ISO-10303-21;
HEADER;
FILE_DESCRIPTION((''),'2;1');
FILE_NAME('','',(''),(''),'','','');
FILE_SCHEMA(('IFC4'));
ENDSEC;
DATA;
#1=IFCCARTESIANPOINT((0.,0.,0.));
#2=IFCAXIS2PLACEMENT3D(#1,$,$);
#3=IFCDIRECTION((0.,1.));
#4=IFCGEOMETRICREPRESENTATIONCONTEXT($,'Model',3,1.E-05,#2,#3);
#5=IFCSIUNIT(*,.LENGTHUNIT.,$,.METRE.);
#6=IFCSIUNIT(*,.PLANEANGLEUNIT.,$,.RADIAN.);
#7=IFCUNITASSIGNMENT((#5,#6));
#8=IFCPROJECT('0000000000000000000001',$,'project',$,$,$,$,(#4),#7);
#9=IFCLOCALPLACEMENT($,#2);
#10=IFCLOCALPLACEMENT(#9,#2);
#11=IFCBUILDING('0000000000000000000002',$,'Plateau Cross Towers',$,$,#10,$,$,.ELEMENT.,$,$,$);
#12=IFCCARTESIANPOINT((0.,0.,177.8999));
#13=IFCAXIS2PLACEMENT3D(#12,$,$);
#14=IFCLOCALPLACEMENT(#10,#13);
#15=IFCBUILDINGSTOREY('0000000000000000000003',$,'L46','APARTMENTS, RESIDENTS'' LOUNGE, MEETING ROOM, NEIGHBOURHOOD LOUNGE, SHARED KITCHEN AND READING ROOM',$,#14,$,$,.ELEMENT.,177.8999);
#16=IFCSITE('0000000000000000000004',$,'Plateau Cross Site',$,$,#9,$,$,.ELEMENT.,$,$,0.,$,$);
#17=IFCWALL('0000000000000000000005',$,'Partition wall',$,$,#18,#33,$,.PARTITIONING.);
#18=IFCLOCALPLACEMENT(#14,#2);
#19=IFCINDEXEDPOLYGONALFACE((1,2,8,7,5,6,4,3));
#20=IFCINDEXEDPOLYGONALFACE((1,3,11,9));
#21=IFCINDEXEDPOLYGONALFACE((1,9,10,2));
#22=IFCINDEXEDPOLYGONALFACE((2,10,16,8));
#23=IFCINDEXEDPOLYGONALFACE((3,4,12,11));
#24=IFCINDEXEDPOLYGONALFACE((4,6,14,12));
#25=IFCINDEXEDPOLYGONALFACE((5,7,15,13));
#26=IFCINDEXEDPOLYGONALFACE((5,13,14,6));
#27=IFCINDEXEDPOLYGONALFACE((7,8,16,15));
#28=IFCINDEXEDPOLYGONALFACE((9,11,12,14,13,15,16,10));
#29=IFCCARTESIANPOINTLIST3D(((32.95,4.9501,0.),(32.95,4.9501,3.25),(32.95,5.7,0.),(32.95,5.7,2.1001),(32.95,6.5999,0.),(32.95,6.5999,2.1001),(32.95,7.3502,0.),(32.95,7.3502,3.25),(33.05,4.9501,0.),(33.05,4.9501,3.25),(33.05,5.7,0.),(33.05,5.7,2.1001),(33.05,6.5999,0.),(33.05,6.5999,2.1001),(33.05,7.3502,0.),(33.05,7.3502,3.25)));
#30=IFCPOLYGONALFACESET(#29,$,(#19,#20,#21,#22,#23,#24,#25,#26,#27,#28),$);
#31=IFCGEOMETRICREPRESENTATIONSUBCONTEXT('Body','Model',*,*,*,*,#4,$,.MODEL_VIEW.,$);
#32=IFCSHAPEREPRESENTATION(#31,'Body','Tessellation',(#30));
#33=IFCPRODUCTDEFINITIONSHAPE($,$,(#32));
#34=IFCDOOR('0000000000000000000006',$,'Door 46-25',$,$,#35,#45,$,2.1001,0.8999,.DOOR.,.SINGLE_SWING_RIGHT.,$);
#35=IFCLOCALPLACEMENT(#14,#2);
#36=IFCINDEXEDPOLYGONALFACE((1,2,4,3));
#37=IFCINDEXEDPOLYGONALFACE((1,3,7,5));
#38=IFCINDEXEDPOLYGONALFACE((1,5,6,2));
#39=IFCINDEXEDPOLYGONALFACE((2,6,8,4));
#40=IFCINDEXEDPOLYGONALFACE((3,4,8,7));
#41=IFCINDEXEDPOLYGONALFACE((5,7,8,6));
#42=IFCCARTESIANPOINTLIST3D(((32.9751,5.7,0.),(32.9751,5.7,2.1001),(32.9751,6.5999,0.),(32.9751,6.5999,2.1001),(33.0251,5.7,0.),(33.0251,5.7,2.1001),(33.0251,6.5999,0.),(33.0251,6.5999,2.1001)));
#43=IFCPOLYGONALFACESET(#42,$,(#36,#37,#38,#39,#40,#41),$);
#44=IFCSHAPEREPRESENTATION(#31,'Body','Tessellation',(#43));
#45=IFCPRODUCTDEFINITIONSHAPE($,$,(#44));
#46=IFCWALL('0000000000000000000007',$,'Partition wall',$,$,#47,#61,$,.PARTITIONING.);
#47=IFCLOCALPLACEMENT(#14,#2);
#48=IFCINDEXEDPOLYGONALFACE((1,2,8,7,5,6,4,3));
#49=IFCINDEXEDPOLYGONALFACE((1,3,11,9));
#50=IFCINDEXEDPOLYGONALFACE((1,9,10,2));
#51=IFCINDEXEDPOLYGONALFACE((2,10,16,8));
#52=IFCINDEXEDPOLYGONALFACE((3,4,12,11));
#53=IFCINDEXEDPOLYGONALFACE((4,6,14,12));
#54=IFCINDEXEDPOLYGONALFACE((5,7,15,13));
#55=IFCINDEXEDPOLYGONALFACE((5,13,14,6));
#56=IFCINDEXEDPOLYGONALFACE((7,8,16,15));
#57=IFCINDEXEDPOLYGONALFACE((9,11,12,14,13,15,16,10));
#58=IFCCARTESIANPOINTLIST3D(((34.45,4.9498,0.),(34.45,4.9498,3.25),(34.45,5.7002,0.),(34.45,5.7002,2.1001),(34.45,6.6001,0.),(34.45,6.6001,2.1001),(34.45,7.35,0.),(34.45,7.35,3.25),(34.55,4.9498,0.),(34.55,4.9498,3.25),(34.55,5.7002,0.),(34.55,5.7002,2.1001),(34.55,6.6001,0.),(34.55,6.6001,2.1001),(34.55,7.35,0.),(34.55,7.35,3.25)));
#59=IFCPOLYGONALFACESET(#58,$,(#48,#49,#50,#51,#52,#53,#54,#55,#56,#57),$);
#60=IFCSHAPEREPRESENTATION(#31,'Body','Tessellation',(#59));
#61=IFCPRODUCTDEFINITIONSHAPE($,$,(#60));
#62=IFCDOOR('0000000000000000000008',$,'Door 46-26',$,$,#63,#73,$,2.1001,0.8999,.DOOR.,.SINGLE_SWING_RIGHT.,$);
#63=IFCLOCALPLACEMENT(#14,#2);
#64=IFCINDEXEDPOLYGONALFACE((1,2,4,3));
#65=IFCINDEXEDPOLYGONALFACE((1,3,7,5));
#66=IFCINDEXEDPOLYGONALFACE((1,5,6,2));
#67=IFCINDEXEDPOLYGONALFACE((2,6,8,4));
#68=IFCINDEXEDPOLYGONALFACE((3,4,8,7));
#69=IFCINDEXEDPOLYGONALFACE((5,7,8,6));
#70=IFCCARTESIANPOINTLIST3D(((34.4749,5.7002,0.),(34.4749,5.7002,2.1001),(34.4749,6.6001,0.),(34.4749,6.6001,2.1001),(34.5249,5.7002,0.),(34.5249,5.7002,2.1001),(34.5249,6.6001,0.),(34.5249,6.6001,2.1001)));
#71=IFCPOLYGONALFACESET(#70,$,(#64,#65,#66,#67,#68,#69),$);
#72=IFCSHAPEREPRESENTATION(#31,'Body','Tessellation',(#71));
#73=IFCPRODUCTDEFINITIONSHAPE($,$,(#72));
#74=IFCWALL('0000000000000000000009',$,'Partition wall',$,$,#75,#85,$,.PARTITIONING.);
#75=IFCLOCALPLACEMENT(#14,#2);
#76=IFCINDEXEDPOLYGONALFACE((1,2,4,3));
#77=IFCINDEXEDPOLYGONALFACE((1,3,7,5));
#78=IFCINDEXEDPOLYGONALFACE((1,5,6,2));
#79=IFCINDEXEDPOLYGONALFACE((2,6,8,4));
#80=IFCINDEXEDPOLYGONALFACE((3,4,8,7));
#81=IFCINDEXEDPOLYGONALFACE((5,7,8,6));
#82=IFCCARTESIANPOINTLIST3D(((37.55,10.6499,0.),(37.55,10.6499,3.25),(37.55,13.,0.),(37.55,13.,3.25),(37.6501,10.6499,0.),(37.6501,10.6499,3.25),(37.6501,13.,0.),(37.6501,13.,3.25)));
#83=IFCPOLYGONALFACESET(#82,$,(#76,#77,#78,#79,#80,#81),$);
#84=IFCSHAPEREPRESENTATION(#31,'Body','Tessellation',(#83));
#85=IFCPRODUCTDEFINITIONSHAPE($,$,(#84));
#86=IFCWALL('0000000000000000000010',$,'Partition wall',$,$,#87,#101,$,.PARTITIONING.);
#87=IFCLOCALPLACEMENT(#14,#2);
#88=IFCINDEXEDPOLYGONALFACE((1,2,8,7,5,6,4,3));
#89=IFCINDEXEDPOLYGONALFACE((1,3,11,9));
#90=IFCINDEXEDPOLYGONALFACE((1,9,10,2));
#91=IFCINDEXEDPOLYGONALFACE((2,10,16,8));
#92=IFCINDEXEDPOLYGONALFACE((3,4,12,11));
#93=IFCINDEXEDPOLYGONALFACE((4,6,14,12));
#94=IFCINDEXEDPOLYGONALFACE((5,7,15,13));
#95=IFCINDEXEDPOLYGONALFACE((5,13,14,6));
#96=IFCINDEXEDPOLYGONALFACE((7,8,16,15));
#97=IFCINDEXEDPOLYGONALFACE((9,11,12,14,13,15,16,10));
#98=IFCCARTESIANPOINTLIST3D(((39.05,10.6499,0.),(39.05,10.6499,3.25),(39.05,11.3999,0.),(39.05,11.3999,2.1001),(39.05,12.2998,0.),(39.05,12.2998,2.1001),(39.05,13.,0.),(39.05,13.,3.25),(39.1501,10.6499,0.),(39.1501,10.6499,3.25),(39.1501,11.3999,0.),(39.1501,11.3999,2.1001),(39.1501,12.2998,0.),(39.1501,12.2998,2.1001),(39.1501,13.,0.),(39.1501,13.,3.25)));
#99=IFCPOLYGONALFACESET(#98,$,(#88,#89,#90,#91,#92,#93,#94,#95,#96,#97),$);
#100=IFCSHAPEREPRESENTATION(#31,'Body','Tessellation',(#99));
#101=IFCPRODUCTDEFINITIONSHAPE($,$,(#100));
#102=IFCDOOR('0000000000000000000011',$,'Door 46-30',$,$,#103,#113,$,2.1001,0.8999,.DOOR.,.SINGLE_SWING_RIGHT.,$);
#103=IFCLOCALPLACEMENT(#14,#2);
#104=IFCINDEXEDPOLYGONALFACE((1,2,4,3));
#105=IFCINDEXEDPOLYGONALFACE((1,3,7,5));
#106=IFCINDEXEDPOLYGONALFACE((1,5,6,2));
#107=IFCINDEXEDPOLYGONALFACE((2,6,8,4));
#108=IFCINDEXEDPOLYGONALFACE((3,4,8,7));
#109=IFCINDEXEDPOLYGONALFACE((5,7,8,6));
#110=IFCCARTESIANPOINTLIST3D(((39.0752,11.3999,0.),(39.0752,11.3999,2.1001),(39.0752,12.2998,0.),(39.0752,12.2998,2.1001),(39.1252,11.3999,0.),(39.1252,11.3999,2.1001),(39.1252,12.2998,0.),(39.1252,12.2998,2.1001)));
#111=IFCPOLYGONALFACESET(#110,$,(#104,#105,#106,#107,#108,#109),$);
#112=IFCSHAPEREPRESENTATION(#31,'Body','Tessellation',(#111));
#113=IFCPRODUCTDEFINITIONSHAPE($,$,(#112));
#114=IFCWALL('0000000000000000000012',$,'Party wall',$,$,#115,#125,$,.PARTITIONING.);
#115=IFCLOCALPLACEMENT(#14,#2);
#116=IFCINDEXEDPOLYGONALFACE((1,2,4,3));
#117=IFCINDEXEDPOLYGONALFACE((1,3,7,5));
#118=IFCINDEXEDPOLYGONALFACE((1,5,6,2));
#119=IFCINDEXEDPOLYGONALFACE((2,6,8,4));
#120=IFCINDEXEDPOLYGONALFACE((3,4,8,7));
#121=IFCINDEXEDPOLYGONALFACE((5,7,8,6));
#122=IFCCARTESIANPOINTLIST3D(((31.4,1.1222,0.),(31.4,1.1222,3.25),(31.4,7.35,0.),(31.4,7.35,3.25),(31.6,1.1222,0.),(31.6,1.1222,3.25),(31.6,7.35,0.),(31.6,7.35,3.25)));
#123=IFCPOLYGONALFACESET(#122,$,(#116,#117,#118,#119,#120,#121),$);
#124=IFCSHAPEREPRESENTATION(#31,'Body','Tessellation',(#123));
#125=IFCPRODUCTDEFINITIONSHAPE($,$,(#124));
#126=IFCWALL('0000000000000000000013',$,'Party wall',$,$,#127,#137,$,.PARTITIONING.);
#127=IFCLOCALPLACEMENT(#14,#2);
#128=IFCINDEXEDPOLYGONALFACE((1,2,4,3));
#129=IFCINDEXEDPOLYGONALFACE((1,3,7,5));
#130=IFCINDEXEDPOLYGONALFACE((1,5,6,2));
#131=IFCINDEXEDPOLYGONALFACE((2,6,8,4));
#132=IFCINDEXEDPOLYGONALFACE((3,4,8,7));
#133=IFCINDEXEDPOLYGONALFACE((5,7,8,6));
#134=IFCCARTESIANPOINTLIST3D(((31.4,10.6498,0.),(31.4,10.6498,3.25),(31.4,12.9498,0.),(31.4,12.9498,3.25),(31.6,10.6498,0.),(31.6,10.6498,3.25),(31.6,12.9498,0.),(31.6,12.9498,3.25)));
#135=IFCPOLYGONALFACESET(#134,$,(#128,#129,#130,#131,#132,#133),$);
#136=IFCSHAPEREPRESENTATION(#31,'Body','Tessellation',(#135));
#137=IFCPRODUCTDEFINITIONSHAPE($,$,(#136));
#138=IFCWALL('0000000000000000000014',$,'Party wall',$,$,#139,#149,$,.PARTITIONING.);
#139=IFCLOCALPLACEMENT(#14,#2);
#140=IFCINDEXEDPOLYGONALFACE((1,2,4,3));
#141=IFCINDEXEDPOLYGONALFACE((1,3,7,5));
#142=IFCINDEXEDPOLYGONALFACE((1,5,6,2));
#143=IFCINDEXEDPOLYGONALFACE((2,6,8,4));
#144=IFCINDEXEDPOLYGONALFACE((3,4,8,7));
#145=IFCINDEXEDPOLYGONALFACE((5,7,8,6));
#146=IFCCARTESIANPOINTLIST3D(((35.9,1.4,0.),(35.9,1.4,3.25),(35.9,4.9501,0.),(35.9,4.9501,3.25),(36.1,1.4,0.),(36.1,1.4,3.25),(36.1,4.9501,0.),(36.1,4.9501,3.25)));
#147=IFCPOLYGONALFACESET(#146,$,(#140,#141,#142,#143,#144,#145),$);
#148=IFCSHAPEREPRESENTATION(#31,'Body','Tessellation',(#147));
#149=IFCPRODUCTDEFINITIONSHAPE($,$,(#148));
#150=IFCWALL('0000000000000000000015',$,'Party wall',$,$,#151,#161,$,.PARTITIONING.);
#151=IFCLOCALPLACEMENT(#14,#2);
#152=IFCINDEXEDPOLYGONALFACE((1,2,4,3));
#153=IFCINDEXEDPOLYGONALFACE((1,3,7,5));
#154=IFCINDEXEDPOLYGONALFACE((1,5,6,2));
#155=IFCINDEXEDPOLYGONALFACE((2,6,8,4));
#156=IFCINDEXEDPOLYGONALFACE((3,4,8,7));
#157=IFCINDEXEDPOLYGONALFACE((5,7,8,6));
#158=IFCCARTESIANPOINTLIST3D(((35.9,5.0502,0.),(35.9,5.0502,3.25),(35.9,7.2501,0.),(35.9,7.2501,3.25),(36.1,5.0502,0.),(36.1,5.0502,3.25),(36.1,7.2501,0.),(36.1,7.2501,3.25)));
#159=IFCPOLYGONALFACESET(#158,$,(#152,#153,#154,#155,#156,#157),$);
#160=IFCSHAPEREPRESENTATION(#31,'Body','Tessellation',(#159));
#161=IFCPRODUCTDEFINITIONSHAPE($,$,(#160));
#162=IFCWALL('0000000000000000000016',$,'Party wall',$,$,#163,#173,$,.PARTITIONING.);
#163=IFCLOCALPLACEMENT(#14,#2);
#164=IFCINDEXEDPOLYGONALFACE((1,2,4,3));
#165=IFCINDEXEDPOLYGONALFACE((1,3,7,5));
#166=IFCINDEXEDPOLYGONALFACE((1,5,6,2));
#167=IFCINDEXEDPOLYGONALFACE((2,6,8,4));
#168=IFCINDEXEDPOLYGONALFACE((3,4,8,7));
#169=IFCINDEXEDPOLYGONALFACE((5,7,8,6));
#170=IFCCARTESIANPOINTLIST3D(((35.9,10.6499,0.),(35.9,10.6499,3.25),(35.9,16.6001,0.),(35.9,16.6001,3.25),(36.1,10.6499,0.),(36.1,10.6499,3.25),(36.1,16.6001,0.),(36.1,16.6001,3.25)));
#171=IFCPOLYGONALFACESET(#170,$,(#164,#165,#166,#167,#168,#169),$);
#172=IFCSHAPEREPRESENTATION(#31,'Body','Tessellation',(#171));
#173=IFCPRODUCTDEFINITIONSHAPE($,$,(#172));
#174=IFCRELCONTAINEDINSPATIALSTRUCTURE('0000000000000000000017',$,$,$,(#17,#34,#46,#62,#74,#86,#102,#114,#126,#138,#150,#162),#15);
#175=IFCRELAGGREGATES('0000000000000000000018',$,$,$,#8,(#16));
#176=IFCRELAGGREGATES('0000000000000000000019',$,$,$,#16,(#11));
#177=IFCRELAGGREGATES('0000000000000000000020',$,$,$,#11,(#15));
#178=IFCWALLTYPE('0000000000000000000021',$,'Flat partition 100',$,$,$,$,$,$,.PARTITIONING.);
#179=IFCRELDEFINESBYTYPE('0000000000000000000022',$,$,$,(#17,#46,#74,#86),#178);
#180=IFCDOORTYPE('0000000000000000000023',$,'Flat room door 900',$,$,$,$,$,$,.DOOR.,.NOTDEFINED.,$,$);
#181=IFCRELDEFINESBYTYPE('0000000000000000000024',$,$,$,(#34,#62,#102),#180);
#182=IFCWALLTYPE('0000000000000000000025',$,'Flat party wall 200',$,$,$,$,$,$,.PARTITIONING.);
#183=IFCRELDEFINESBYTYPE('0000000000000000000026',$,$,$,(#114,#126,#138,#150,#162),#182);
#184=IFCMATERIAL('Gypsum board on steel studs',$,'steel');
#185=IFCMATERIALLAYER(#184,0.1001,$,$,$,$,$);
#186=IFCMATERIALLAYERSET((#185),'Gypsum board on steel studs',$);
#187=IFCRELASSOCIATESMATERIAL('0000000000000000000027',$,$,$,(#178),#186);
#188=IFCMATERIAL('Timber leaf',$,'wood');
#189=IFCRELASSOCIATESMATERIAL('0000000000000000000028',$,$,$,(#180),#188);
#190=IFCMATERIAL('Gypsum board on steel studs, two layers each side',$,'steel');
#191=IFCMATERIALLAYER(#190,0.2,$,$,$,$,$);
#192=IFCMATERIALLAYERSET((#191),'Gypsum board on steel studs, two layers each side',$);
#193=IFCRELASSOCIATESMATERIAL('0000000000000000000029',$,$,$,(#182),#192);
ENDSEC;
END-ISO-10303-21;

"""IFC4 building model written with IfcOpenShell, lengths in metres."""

from ifc_helpers import new_model, si_unit, direction, frame, frame_2d, origin, place, context, subcontext, project, spatial, rectangle, extrude, material, layer, layer_set, type_object, element, fill, save


model = new_model("IFC4")

# Units and contexts
model_context = context("Model", 3, precision=1e-05, world=origin(), true_north=direction((0.0, 1.0)))
body_context = subcontext(model_context, "Body", "Model", "MODEL_VIEW")
ifc_project = project(units=[si_unit("LENGTHUNIT", "METRE"), si_unit("PLANEANGLEUNIT", "RADIAN")], contexts=[model_context])

# Site, building, storey
site_placement = place(None, origin())
site = spatial("IfcSite", under=ifc_project, at=site_placement, Name="Plateau Cross Site", CompositionType="ELEMENT", RefElevation=0.0)
building_placement = place(site_placement, origin())
building = spatial("IfcBuilding", under=site, at=building_placement, Name="Plateau Cross Towers", CompositionType="ELEMENT")
storey_placement = place(building_placement, frame((0.0, 0.0, 177.8999)))
storey = spatial("IfcBuildingStorey", under=building, at=storey_placement, Name="L46", Description="APARTMENTS, RESIDENTS' LOUNGE, MEETING ROOM, NEIGHBOURHOOD LOUNGE, SHARED KITCHEN AND READING ROOM", CompositionType="ELEMENT", Elevation=177.8999)

# Shared definitions
ifc_material_1 = material(Name="Gypsum board on steel studs", Category="steel")
ifc_layer_1 = layer(ifc_material_1, 0.1001)
ifc_layer_set_1 = layer_set([ifc_layer_1], Name="Gypsum board on steel studs")
wall_type_1 = type_object("IfcWallType", Name="Flat partition 100", PredefinedType="PARTITIONING", material=ifc_layer_set_1)

# Walls, openings, doors
ifc_material_2 = material(Name="Timber leaf", Category="wood")
door_type_1 = type_object("IfcDoorType", Name="Flat room door 900", OperationType="NOTDEFINED", PredefinedType="DOOR", material=ifc_material_2)
wall_1_placement = place(storey_placement, frame((33.0, 4.95, 0.0), z_axis=(0.0, 0.0, 1.0), x_axis=(0.0, 1.0, 0.0)))
wall_1 = element("IfcWall", 1, at=wall_1_placement, inside=storey, type_object=wall_type_1, Name="Partition wall", PredefinedType="PARTITIONING", context=body_context, shape_type="SweptSolid", body=[
    extrude(rectangle(XDim=2.4001, YDim=0.1001, at=frame_2d((1.2002, 0.0))), origin(), (0.0, 0.0, 1.0), 3.25),
])
opening_1_placement = place(wall_1_placement, frame((0.75, 0.0, 0.0)))
opening_1 = element("IfcOpeningElement", 2, at=opening_1_placement, cuts=wall_1, PredefinedType="OPENING", context=body_context, shape_type="SweptSolid", body=[
    extrude(rectangle(XDim=0.8999, YDim=2.1001, at=frame_2d((0.45, 1.05))), frame((0.0, 0.0601, 0.0), z_axis=(0.0, -1.0, 0.0), x_axis=(1.0, 0.0, 0.0)), (0.0, 0.0, 1.0), 0.1201),
])
door_1_placement = place(opening_1_placement, origin())
door_1 = element("IfcDoor", 3, at=door_1_placement, inside=storey, type_object=door_type_1, Name="Door 46-25", OperationType="SINGLE_SWING_RIGHT", OverallHeight=2.1001, OverallWidth=0.8999, PredefinedType="DOOR", context=body_context, shape_type="SweptSolid", body=[
    extrude(rectangle(XDim=0.8999, YDim=2.1001, at=frame_2d((0.45, 1.05))), frame((0.0, 0.0249, 0.0), z_axis=(0.0, -1.0, 0.0), x_axis=(1.0, 0.0, 0.0)), (0.0, 0.0, 1.0), 0.05),
])
fill(opening_1, door_1)
wall_2_placement = place(storey_placement, frame((34.5, 7.3501, 0.0), z_axis=(0.0, 0.0, 1.0), x_axis=(0.0, -1.0, 0.0)))
wall_2 = element("IfcWall", 4, at=wall_2_placement, inside=storey, type_object=wall_type_1, Name="Partition wall", PredefinedType="PARTITIONING", context=body_context, shape_type="SweptSolid", body=[
    extrude(rectangle(XDim=2.4001, YDim=0.1001, at=frame_2d((1.2002, 0.0))), origin(), (0.0, 0.0, 1.0), 3.25),
])
opening_2_placement = place(wall_2_placement, frame((0.75, 0.0, 0.0)))
opening_2 = element("IfcOpeningElement", 5, at=opening_2_placement, cuts=wall_2, PredefinedType="OPENING", context=body_context, shape_type="SweptSolid", body=[
    extrude(rectangle(XDim=0.8999, YDim=2.1001, at=frame_2d((0.45, 1.05))), frame((0.0, 0.0601, 0.0), z_axis=(0.0, -1.0, 0.0), x_axis=(1.0, 0.0, 0.0)), (0.0, 0.0, 1.0), 0.1201),
])
door_2_placement = place(opening_2_placement, origin())
door_2 = element("IfcDoor", 6, at=door_2_placement, inside=storey, type_object=door_type_1, Name="Door 46-26", OperationType="SINGLE_SWING_RIGHT", OverallHeight=2.1001, OverallWidth=0.8999, PredefinedType="DOOR", context=body_context, shape_type="SweptSolid", body=[
    extrude(rectangle(XDim=0.8999, YDim=2.1001, at=frame_2d((0.45, 1.05))), frame((0.0, 0.0249, 0.0), z_axis=(0.0, -1.0, 0.0), x_axis=(1.0, 0.0, 0.0)), (0.0, 0.0, 1.0), 0.05),
])
fill(opening_2, door_2)

# Wall
wall_3_placement = place(storey_placement, frame((37.6001, 10.6499, 0.0), z_axis=(0.0, 0.0, 1.0), x_axis=(0.0, 1.0, 0.0)))
element("IfcWall", 7, at=wall_3_placement, inside=storey, type_object=wall_type_1, Name="Partition wall", PredefinedType="PARTITIONING", context=body_context, shape_type="SweptSolid", body=[
    extrude(rectangle(XDim=2.3501, YDim=0.1001, at=frame_2d((1.175, 0.0))), origin(), (0.0, 0.0, 1.0), 3.25),
])

# Wall, opening, door
wall_4_placement = place(storey_placement, frame((39.1001, 10.6499, 0.0), z_axis=(0.0, 0.0, 1.0), x_axis=(0.0, 1.0, 0.0)))
wall_4 = element("IfcWall", 8, at=wall_4_placement, inside=storey, type_object=wall_type_1, Name="Partition wall", PredefinedType="PARTITIONING", context=body_context, shape_type="SweptSolid", body=[
    extrude(rectangle(XDim=2.3501, YDim=0.1001, at=frame_2d((1.175, 0.0))), origin(), (0.0, 0.0, 1.0), 3.25),
])
opening_3_placement = place(wall_4_placement, frame((0.75, 0.0, 0.0)))
opening_3 = element("IfcOpeningElement", 9, at=opening_3_placement, cuts=wall_4, PredefinedType="OPENING", context=body_context, shape_type="SweptSolid", body=[
    extrude(rectangle(XDim=0.8999, YDim=2.1001, at=frame_2d((0.45, 1.05))), frame((0.0, 0.0601, 0.0), z_axis=(0.0, -1.0, 0.0), x_axis=(1.0, 0.0, 0.0)), (0.0, 0.0, 1.0), 0.1201),
])
door_3_placement = place(opening_3_placement, origin())
door_3 = element("IfcDoor", 10, at=door_3_placement, inside=storey, type_object=door_type_1, Name="Door 46-30", OperationType="SINGLE_SWING_RIGHT", OverallHeight=2.1001, OverallWidth=0.8999, PredefinedType="DOOR", context=body_context, shape_type="SweptSolid", body=[
    extrude(rectangle(XDim=0.8999, YDim=2.1001, at=frame_2d((0.45, 1.05))), frame((0.0, 0.0249, 0.0), z_axis=(0.0, -1.0, 0.0), x_axis=(1.0, 0.0, 0.0)), (0.0, 0.0, 1.0), 0.05),
])
fill(opening_3, door_3)

# Walls
ifc_material_3 = material(Name="Gypsum board on steel studs, two layers each side", Category="steel")
ifc_layer_2 = layer(ifc_material_3, 0.2)
ifc_layer_set_2 = layer_set([ifc_layer_2], Name="Gypsum board on steel studs, two layers each side")
wall_type_2 = type_object("IfcWallType", Name="Flat party wall 200", PredefinedType="PARTITIONING", material=ifc_layer_set_2)
wall_5_placement = place(storey_placement, frame((31.5, 1.1223, 0.0), z_axis=(0.0, 0.0, 1.0), x_axis=(0.0, 1.0, 0.0)))
element("IfcWall", 11, at=wall_5_placement, inside=storey, type_object=wall_type_2, Name="Party wall", PredefinedType="PARTITIONING", context=body_context, shape_type="SweptSolid", body=[
    extrude(rectangle(XDim=6.2278, YDim=0.2, at=frame_2d((3.1138, 0.0))), origin(), (0.0, 0.0, 1.0), 3.25),
])
wall_6_placement = place(storey_placement, frame((31.5, 10.6499, 0.0), z_axis=(0.0, 0.0, 1.0), x_axis=(0.0, 1.0, 0.0)))
element("IfcWall", 12, at=wall_6_placement, inside=storey, type_object=wall_type_2, Name="Party wall", PredefinedType="PARTITIONING", context=body_context, shape_type="SweptSolid", body=[
    extrude(rectangle(XDim=2.3, YDim=0.2, at=frame_2d((1.1499, 0.0))), origin(), (0.0, 0.0, 1.0), 3.25),
])
wall_7_placement = place(storey_placement, frame((36.0, 4.95, 0.0), z_axis=(0.0, 0.0, 1.0), x_axis=(0.0, -1.0, 0.0)))
element("IfcWall", 13, at=wall_7_placement, inside=storey, type_object=wall_type_2, Name="Party wall", PredefinedType="PARTITIONING", context=body_context, shape_type="SweptSolid", body=[
    extrude(rectangle(XDim=3.55, YDim=0.2, at=frame_2d((1.7749, 0.0))), origin(), (0.0, 0.0, 1.0), 3.25),
])
wall_8_placement = place(storey_placement, frame((36.0, 5.05, 0.0), z_axis=(0.0, 0.0, 1.0), x_axis=(0.0, 1.0, 0.0)))
element("IfcWall", 14, at=wall_8_placement, inside=storey, type_object=wall_type_2, Name="Party wall", PredefinedType="PARTITIONING", context=body_context, shape_type="SweptSolid", body=[
    extrude(rectangle(XDim=2.2, YDim=0.2, at=frame_2d((1.1001, 0.0))), origin(), (0.0, 0.0, 1.0), 3.25),
])
wall_9_placement = place(storey_placement, frame((36.0, 10.6499, 0.0), z_axis=(0.0, 0.0, 1.0), x_axis=(0.0, 1.0, 0.0)))
element("IfcWall", 15, at=wall_9_placement, inside=storey, type_object=wall_type_2, Name="Party wall", PredefinedType="PARTITIONING", context=body_context, shape_type="SweptSolid", body=[
    extrude(rectangle(XDim=5.9502, YDim=0.2, at=frame_2d((2.9751, 0.0))), origin(), (0.0, 0.0, 1.0), 3.25),
])

save(model, "model.ifc")
